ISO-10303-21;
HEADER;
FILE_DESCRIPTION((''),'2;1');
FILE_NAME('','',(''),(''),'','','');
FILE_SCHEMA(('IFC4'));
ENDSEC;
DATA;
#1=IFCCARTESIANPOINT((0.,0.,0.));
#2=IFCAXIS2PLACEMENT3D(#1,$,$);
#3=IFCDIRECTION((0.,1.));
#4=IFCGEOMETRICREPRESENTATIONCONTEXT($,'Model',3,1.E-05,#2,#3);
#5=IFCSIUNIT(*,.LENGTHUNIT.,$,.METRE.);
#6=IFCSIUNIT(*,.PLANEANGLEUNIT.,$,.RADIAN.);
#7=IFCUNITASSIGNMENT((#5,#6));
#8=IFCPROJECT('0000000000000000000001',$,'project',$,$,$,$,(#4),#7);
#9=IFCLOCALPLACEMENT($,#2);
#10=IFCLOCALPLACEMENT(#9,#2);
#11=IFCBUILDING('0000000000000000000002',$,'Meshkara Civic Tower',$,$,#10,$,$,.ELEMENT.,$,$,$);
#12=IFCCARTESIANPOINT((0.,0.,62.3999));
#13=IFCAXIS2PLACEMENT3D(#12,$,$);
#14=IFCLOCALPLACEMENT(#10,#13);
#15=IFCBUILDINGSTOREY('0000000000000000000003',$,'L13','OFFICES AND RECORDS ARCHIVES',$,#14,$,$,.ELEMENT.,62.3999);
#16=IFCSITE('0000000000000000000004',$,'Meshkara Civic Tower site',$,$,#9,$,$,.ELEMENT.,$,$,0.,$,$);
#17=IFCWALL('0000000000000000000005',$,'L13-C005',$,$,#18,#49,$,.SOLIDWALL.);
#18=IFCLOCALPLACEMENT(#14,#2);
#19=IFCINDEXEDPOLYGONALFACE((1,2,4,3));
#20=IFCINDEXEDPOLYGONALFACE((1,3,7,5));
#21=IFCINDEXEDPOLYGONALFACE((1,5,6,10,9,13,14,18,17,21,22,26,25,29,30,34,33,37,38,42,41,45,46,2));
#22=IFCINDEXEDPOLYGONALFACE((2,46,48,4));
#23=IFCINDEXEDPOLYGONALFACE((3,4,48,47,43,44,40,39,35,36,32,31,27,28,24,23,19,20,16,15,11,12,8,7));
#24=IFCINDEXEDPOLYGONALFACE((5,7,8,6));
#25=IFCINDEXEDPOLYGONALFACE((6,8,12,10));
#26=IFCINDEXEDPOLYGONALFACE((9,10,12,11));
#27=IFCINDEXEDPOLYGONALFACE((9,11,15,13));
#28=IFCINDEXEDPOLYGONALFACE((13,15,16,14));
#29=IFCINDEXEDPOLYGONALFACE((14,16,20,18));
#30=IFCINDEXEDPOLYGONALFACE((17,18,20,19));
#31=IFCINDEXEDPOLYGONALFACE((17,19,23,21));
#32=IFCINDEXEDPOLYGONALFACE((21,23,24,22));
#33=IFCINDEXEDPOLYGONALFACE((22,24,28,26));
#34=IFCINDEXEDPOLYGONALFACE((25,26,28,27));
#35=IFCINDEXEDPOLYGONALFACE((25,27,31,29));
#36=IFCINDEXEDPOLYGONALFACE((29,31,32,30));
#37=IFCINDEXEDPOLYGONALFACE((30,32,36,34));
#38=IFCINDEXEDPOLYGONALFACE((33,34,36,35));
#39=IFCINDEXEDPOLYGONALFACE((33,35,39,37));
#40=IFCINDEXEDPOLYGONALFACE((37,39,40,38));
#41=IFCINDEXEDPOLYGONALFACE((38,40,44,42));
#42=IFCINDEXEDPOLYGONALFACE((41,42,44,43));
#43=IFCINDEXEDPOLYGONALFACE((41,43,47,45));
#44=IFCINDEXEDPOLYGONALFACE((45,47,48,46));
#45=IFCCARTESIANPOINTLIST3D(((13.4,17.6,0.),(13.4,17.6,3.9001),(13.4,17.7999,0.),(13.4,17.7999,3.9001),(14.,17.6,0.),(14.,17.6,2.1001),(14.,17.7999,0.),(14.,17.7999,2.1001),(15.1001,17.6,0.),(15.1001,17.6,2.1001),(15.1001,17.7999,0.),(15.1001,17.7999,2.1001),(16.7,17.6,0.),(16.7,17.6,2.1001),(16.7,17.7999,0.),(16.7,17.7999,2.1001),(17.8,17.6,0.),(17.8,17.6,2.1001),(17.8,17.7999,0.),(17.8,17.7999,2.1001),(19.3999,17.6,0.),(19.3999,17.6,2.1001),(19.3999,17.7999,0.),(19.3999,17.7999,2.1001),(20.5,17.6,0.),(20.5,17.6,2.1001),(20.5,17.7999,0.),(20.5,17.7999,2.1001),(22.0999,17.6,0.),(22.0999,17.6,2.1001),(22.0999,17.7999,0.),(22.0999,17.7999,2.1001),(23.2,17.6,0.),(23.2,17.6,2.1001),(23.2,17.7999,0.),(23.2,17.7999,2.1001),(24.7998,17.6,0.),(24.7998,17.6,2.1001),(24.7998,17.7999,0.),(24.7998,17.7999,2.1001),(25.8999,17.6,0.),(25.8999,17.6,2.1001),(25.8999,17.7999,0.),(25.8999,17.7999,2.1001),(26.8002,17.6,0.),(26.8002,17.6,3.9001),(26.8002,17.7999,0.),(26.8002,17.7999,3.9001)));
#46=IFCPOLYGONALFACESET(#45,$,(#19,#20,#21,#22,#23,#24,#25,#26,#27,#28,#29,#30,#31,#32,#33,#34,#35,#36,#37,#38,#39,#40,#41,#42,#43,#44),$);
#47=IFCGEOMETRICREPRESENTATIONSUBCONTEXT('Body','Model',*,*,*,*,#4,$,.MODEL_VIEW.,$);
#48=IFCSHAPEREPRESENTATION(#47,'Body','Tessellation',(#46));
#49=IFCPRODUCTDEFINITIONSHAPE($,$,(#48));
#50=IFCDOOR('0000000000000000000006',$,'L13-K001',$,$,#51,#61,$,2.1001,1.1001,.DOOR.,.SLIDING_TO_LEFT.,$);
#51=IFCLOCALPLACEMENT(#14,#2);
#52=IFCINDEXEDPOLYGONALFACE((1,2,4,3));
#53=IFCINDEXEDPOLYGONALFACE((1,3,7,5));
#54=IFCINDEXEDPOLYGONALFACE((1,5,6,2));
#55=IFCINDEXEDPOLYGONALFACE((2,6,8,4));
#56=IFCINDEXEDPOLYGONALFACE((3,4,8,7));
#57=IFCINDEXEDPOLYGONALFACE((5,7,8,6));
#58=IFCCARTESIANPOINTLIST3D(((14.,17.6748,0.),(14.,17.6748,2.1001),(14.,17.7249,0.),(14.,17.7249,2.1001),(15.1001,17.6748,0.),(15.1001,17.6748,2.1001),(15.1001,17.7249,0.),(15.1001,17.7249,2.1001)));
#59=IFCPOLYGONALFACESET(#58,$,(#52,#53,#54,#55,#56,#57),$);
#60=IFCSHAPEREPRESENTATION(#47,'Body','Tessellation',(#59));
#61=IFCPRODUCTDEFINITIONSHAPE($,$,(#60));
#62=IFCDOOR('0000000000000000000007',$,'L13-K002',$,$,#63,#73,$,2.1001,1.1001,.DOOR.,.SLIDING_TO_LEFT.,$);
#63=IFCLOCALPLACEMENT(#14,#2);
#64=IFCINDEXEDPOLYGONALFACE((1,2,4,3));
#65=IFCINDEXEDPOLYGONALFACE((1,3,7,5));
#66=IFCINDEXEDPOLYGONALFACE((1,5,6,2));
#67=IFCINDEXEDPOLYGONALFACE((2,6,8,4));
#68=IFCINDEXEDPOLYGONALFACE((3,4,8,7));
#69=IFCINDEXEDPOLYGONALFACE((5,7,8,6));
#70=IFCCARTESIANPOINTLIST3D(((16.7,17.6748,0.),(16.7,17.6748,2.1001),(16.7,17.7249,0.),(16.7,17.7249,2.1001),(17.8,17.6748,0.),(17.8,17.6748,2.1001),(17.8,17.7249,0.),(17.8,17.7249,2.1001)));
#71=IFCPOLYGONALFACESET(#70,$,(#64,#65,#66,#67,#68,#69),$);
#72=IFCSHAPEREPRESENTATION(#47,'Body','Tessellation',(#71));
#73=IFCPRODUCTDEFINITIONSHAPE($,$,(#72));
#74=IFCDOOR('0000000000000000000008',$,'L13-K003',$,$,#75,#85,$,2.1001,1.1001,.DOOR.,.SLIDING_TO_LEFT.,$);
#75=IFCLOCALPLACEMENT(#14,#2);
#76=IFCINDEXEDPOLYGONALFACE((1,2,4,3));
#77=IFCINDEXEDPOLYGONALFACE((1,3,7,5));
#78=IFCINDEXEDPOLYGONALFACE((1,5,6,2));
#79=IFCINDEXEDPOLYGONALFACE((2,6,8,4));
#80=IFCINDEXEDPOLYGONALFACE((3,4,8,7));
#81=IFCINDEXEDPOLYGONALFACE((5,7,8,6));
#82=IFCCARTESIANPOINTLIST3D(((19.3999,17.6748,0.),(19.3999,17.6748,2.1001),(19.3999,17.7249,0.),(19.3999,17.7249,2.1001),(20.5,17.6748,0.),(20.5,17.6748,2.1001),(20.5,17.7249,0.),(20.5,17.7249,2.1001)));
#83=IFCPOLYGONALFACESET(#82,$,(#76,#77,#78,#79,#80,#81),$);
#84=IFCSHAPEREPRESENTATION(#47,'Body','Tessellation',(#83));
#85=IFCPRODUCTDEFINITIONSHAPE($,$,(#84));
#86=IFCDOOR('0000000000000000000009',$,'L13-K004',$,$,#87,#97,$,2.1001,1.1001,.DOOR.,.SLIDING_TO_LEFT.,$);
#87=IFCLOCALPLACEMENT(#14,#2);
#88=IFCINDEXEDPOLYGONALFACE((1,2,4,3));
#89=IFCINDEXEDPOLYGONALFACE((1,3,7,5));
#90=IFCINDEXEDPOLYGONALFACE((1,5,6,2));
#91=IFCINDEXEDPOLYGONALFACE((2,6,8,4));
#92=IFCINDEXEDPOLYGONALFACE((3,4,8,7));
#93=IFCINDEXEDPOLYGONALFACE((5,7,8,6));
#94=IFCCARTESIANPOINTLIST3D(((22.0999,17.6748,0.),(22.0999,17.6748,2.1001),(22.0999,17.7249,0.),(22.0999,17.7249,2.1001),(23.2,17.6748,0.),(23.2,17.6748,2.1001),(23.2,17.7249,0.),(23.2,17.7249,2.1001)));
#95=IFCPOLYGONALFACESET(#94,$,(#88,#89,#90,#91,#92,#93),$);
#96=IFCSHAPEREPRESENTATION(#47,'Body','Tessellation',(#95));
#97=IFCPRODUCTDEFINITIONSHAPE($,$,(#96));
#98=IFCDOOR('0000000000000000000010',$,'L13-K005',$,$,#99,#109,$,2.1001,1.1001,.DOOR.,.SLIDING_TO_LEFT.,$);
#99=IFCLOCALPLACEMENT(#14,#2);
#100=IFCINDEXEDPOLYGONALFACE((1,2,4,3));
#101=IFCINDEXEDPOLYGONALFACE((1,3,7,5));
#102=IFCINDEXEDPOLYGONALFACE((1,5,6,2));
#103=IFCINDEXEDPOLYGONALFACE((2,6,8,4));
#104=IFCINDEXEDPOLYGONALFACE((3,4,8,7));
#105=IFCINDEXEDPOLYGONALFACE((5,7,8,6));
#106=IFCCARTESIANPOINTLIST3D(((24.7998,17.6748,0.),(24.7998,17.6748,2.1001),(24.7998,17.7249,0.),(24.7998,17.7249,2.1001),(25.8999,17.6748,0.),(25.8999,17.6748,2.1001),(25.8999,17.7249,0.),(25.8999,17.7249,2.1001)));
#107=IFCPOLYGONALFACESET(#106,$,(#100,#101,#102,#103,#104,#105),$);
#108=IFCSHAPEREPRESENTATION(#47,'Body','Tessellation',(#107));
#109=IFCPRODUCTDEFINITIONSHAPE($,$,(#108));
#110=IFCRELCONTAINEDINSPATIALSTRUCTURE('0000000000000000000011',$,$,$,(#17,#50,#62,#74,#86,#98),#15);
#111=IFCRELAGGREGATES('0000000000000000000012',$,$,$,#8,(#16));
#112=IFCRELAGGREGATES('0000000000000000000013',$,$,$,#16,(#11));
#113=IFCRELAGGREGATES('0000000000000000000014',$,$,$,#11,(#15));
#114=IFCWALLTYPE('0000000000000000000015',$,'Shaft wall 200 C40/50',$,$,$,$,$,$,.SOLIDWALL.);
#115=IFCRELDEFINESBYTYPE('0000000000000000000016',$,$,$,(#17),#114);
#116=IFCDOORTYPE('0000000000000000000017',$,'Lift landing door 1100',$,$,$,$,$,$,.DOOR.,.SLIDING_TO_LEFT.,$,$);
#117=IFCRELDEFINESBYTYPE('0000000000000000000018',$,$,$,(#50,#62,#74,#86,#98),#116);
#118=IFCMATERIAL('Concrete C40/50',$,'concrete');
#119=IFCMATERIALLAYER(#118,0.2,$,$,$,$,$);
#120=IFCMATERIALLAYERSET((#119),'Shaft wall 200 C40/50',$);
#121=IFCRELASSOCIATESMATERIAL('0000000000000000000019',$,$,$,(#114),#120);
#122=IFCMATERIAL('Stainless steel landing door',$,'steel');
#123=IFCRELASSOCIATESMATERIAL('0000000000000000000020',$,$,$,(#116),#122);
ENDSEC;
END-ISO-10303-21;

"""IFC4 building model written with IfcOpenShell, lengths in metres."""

from ifc_helpers import new_model, si_unit, direction, frame, frame_2d, origin, place, context, subcontext, project, spatial, rectangle, extrude, material, layer, layer_set, type_object, element, fill, save


model = new_model("IFC4")

# Units and contexts
model_context = context("Model", 3, precision=1e-05, world=origin(), true_north=direction((0.0, 1.0)))
body_context = subcontext(model_context, "Body", "Model", "MODEL_VIEW")
ifc_project = project(units=[si_unit("LENGTHUNIT", "METRE"), si_unit("PLANEANGLEUNIT", "RADIAN")], contexts=[model_context])

# Site, building, storey
site_placement = place(None, origin())
site = spatial("IfcSite", under=ifc_project, at=site_placement, Name="Meshkara Civic Tower site", CompositionType="ELEMENT", RefElevation=0.0)
building_placement = place(site_placement, origin())
building = spatial("IfcBuilding", under=site, at=building_placement, Name="Meshkara Civic Tower", CompositionType="ELEMENT")
storey_placement = place(building_placement, frame((0.0, 0.0, 62.3999)))
storey = spatial("IfcBuildingStorey", under=building, at=storey_placement, Name="L13", Description="OFFICES AND RECORDS ARCHIVES", CompositionType="ELEMENT", Elevation=62.3999)

# Wall, openings, doors
ifc_material_1 = material(Name="Concrete C40/50", Category="concrete")
ifc_layer_1 = layer(ifc_material_1, 0.2)
ifc_layer_set_1 = layer_set([ifc_layer_1], Name="Shaft wall 200 C40/50")
wall_type_1 = type_object("IfcWallType", Name="Shaft wall 200 C40/50", PredefinedType="SOLIDWALL", material=ifc_layer_set_1)
wall_1_placement = place(storey_placement, frame((13.3999, 17.7, 0.0), z_axis=(0.0, 0.0, 1.0), x_axis=(1.0, 0.0, 0.0)))
wall_1 = element("IfcWall", 1, at=wall_1_placement, inside=storey, type_object=wall_type_1, Name="L13-C005", PredefinedType="SOLIDWALL", context=body_context, shape_type="SweptSolid", body=[
    extrude(rectangle(XDim=13.4001, YDim=0.2, at=frame_2d((6.7002, 0.0))), origin(), (0.0, 0.0, 1.0), 3.9001),
])
opening_1_placement = place(wall_1_placement, frame((0.6001, 0.0, 0.0)))
opening_1 = element("IfcOpeningElement", 2, at=opening_1_placement, cuts=wall_1, PredefinedType="OPENING", context=body_context, shape_type="SweptSolid", body=[
    extrude(rectangle(XDim=1.1001, YDim=2.1001, at=frame_2d((0.55, 1.05))), frame((0.0, 0.1099, 0.0), z_axis=(0.0, -1.0, 0.0), x_axis=(1.0, 0.0, 0.0)), (0.0, 0.0, 1.0), 0.22),
])
opening_2_placement = place(wall_1_placement, frame((3.3, 0.0, 0.0)))
opening_2 = element("IfcOpeningElement", 3, at=opening_2_placement, cuts=wall_1, PredefinedType="OPENING", context=body_context, shape_type="SweptSolid", body=[
    extrude(rectangle(XDim=1.1001, YDim=2.1001, at=frame_2d((0.55, 1.05))), frame((0.0, 0.1099, 0.0), z_axis=(0.0, -1.0, 0.0), x_axis=(1.0, 0.0, 0.0)), (0.0, 0.0, 1.0), 0.22),
])
opening_3_placement = place(wall_1_placement, frame((6.0, 0.0, 0.0)))
opening_3 = element("IfcOpeningElement", 4, at=opening_3_placement, cuts=wall_1, PredefinedType="OPENING", context=body_context, shape_type="SweptSolid", body=[
    extrude(rectangle(XDim=1.1001, YDim=2.1001, at=frame_2d((0.55, 1.05))), frame((0.0, 0.1099, 0.0), z_axis=(0.0, -1.0, 0.0), x_axis=(1.0, 0.0, 0.0)), (0.0, 0.0, 1.0), 0.22),
])
opening_4_placement = place(wall_1_placement, frame((8.7, 0.0, 0.0)))
opening_4 = element("IfcOpeningElement", 5, at=opening_4_placement, cuts=wall_1, PredefinedType="OPENING", context=body_context, shape_type="SweptSolid", body=[
    extrude(rectangle(XDim=1.1001, YDim=2.1001, at=frame_2d((0.55, 1.05))), frame((0.0, 0.1099, 0.0), z_axis=(0.0, -1.0, 0.0), x_axis=(1.0, 0.0, 0.0)), (0.0, 0.0, 1.0), 0.22),
])
opening_5_placement = place(wall_1_placement, frame((11.3999, 0.0, 0.0)))
opening_5 = element("IfcOpeningElement", 6, at=opening_5_placement, cuts=wall_1, PredefinedType="OPENING", context=body_context, shape_type="SweptSolid", body=[
    extrude(rectangle(XDim=1.1001, YDim=2.1001, at=frame_2d((0.55, 1.05))), frame((0.0, 0.1099, 0.0), z_axis=(0.0, -1.0, 0.0), x_axis=(1.0, 0.0, 0.0)), (0.0, 0.0, 1.0), 0.22),
])
ifc_material_2 = material(Name="Stainless steel landing door", Category="steel")
door_type_1 = type_object("IfcDoorType", Name="Lift landing door 1100", OperationType="SLIDING_TO_LEFT", PredefinedType="DOOR", material=ifc_material_2)
door_1_placement = place(opening_1_placement, origin())
door_1 = element("IfcDoor", 7, at=door_1_placement, inside=storey, type_object=door_type_1, Name="L13-K001", OperationType="SLIDING_TO_LEFT", OverallHeight=2.1001, OverallWidth=1.1001, PredefinedType="DOOR", context=body_context, shape_type="SweptSolid", body=[
    extrude(rectangle(XDim=1.1001, YDim=2.1001, at=frame_2d((0.55, 1.05))), frame((0.0, 0.0249, 0.0), z_axis=(0.0, -1.0, 0.0), x_axis=(1.0, 0.0, 0.0)), (0.0, 0.0, 1.0), 0.05),
])
fill(opening_1, door_1)
door_2_placement = place(opening_2_placement, origin())
door_2 = element("IfcDoor", 8, at=door_2_placement, inside=storey, type_object=door_type_1, Name="L13-K002", OperationType="SLIDING_TO_LEFT", OverallHeight=2.1001, OverallWidth=1.1001, PredefinedType="DOOR", context=body_context, shape_type="SweptSolid", body=[
    extrude(rectangle(XDim=1.1001, YDim=2.1001, at=frame_2d((0.55, 1.05))), frame((0.0, 0.0249, 0.0), z_axis=(0.0, -1.0, 0.0), x_axis=(1.0, 0.0, 0.0)), (0.0, 0.0, 1.0), 0.05),
])
fill(opening_2, door_2)
door_3_placement = place(opening_3_placement, origin())
door_3 = element("IfcDoor", 9, at=door_3_placement, inside=storey, type_object=door_type_1, Name="L13-K003", OperationType="SLIDING_TO_LEFT", OverallHeight=2.1001, OverallWidth=1.1001, PredefinedType="DOOR", context=body_context, shape_type="SweptSolid", body=[
    extrude(rectangle(XDim=1.1001, YDim=2.1001, at=frame_2d((0.55, 1.05))), frame((0.0, 0.0249, 0.0), z_axis=(0.0, -1.0, 0.0), x_axis=(1.0, 0.0, 0.0)), (0.0, 0.0, 1.0), 0.05),
])
fill(opening_3, door_3)
door_4_placement = place(opening_4_placement, origin())
door_4 = element("IfcDoor", 10, at=door_4_placement, inside=storey, type_object=door_type_1, Name="L13-K004", OperationType="SLIDING_TO_LEFT", OverallHeight=2.1001, OverallWidth=1.1001, PredefinedType="DOOR", context=body_context, shape_type="SweptSolid", body=[
    extrude(rectangle(XDim=1.1001, YDim=2.1001, at=frame_2d((0.55, 1.05))), frame((0.0, 0.0249, 0.0), z_axis=(0.0, -1.0, 0.0), x_axis=(1.0, 0.0, 0.0)), (0.0, 0.0, 1.0), 0.05),
])
fill(opening_4, door_4)
door_5_placement = place(opening_5_placement, origin())
door_5 = element("IfcDoor", 11, at=door_5_placement, inside=storey, type_object=door_type_1, Name="L13-K005", OperationType="SLIDING_TO_LEFT", OverallHeight=2.1001, OverallWidth=1.1001, PredefinedType="DOOR", context=body_context, shape_type="SweptSolid", body=[
    extrude(rectangle(XDim=1.1001, YDim=2.1001, at=frame_2d((0.55, 1.05))), frame((0.0, 0.0249, 0.0), z_axis=(0.0, -1.0, 0.0), x_axis=(1.0, 0.0, 0.0)), (0.0, 0.0, 1.0), 0.05),
])
fill(opening_5, door_5)

save(model, "model.ifc")
